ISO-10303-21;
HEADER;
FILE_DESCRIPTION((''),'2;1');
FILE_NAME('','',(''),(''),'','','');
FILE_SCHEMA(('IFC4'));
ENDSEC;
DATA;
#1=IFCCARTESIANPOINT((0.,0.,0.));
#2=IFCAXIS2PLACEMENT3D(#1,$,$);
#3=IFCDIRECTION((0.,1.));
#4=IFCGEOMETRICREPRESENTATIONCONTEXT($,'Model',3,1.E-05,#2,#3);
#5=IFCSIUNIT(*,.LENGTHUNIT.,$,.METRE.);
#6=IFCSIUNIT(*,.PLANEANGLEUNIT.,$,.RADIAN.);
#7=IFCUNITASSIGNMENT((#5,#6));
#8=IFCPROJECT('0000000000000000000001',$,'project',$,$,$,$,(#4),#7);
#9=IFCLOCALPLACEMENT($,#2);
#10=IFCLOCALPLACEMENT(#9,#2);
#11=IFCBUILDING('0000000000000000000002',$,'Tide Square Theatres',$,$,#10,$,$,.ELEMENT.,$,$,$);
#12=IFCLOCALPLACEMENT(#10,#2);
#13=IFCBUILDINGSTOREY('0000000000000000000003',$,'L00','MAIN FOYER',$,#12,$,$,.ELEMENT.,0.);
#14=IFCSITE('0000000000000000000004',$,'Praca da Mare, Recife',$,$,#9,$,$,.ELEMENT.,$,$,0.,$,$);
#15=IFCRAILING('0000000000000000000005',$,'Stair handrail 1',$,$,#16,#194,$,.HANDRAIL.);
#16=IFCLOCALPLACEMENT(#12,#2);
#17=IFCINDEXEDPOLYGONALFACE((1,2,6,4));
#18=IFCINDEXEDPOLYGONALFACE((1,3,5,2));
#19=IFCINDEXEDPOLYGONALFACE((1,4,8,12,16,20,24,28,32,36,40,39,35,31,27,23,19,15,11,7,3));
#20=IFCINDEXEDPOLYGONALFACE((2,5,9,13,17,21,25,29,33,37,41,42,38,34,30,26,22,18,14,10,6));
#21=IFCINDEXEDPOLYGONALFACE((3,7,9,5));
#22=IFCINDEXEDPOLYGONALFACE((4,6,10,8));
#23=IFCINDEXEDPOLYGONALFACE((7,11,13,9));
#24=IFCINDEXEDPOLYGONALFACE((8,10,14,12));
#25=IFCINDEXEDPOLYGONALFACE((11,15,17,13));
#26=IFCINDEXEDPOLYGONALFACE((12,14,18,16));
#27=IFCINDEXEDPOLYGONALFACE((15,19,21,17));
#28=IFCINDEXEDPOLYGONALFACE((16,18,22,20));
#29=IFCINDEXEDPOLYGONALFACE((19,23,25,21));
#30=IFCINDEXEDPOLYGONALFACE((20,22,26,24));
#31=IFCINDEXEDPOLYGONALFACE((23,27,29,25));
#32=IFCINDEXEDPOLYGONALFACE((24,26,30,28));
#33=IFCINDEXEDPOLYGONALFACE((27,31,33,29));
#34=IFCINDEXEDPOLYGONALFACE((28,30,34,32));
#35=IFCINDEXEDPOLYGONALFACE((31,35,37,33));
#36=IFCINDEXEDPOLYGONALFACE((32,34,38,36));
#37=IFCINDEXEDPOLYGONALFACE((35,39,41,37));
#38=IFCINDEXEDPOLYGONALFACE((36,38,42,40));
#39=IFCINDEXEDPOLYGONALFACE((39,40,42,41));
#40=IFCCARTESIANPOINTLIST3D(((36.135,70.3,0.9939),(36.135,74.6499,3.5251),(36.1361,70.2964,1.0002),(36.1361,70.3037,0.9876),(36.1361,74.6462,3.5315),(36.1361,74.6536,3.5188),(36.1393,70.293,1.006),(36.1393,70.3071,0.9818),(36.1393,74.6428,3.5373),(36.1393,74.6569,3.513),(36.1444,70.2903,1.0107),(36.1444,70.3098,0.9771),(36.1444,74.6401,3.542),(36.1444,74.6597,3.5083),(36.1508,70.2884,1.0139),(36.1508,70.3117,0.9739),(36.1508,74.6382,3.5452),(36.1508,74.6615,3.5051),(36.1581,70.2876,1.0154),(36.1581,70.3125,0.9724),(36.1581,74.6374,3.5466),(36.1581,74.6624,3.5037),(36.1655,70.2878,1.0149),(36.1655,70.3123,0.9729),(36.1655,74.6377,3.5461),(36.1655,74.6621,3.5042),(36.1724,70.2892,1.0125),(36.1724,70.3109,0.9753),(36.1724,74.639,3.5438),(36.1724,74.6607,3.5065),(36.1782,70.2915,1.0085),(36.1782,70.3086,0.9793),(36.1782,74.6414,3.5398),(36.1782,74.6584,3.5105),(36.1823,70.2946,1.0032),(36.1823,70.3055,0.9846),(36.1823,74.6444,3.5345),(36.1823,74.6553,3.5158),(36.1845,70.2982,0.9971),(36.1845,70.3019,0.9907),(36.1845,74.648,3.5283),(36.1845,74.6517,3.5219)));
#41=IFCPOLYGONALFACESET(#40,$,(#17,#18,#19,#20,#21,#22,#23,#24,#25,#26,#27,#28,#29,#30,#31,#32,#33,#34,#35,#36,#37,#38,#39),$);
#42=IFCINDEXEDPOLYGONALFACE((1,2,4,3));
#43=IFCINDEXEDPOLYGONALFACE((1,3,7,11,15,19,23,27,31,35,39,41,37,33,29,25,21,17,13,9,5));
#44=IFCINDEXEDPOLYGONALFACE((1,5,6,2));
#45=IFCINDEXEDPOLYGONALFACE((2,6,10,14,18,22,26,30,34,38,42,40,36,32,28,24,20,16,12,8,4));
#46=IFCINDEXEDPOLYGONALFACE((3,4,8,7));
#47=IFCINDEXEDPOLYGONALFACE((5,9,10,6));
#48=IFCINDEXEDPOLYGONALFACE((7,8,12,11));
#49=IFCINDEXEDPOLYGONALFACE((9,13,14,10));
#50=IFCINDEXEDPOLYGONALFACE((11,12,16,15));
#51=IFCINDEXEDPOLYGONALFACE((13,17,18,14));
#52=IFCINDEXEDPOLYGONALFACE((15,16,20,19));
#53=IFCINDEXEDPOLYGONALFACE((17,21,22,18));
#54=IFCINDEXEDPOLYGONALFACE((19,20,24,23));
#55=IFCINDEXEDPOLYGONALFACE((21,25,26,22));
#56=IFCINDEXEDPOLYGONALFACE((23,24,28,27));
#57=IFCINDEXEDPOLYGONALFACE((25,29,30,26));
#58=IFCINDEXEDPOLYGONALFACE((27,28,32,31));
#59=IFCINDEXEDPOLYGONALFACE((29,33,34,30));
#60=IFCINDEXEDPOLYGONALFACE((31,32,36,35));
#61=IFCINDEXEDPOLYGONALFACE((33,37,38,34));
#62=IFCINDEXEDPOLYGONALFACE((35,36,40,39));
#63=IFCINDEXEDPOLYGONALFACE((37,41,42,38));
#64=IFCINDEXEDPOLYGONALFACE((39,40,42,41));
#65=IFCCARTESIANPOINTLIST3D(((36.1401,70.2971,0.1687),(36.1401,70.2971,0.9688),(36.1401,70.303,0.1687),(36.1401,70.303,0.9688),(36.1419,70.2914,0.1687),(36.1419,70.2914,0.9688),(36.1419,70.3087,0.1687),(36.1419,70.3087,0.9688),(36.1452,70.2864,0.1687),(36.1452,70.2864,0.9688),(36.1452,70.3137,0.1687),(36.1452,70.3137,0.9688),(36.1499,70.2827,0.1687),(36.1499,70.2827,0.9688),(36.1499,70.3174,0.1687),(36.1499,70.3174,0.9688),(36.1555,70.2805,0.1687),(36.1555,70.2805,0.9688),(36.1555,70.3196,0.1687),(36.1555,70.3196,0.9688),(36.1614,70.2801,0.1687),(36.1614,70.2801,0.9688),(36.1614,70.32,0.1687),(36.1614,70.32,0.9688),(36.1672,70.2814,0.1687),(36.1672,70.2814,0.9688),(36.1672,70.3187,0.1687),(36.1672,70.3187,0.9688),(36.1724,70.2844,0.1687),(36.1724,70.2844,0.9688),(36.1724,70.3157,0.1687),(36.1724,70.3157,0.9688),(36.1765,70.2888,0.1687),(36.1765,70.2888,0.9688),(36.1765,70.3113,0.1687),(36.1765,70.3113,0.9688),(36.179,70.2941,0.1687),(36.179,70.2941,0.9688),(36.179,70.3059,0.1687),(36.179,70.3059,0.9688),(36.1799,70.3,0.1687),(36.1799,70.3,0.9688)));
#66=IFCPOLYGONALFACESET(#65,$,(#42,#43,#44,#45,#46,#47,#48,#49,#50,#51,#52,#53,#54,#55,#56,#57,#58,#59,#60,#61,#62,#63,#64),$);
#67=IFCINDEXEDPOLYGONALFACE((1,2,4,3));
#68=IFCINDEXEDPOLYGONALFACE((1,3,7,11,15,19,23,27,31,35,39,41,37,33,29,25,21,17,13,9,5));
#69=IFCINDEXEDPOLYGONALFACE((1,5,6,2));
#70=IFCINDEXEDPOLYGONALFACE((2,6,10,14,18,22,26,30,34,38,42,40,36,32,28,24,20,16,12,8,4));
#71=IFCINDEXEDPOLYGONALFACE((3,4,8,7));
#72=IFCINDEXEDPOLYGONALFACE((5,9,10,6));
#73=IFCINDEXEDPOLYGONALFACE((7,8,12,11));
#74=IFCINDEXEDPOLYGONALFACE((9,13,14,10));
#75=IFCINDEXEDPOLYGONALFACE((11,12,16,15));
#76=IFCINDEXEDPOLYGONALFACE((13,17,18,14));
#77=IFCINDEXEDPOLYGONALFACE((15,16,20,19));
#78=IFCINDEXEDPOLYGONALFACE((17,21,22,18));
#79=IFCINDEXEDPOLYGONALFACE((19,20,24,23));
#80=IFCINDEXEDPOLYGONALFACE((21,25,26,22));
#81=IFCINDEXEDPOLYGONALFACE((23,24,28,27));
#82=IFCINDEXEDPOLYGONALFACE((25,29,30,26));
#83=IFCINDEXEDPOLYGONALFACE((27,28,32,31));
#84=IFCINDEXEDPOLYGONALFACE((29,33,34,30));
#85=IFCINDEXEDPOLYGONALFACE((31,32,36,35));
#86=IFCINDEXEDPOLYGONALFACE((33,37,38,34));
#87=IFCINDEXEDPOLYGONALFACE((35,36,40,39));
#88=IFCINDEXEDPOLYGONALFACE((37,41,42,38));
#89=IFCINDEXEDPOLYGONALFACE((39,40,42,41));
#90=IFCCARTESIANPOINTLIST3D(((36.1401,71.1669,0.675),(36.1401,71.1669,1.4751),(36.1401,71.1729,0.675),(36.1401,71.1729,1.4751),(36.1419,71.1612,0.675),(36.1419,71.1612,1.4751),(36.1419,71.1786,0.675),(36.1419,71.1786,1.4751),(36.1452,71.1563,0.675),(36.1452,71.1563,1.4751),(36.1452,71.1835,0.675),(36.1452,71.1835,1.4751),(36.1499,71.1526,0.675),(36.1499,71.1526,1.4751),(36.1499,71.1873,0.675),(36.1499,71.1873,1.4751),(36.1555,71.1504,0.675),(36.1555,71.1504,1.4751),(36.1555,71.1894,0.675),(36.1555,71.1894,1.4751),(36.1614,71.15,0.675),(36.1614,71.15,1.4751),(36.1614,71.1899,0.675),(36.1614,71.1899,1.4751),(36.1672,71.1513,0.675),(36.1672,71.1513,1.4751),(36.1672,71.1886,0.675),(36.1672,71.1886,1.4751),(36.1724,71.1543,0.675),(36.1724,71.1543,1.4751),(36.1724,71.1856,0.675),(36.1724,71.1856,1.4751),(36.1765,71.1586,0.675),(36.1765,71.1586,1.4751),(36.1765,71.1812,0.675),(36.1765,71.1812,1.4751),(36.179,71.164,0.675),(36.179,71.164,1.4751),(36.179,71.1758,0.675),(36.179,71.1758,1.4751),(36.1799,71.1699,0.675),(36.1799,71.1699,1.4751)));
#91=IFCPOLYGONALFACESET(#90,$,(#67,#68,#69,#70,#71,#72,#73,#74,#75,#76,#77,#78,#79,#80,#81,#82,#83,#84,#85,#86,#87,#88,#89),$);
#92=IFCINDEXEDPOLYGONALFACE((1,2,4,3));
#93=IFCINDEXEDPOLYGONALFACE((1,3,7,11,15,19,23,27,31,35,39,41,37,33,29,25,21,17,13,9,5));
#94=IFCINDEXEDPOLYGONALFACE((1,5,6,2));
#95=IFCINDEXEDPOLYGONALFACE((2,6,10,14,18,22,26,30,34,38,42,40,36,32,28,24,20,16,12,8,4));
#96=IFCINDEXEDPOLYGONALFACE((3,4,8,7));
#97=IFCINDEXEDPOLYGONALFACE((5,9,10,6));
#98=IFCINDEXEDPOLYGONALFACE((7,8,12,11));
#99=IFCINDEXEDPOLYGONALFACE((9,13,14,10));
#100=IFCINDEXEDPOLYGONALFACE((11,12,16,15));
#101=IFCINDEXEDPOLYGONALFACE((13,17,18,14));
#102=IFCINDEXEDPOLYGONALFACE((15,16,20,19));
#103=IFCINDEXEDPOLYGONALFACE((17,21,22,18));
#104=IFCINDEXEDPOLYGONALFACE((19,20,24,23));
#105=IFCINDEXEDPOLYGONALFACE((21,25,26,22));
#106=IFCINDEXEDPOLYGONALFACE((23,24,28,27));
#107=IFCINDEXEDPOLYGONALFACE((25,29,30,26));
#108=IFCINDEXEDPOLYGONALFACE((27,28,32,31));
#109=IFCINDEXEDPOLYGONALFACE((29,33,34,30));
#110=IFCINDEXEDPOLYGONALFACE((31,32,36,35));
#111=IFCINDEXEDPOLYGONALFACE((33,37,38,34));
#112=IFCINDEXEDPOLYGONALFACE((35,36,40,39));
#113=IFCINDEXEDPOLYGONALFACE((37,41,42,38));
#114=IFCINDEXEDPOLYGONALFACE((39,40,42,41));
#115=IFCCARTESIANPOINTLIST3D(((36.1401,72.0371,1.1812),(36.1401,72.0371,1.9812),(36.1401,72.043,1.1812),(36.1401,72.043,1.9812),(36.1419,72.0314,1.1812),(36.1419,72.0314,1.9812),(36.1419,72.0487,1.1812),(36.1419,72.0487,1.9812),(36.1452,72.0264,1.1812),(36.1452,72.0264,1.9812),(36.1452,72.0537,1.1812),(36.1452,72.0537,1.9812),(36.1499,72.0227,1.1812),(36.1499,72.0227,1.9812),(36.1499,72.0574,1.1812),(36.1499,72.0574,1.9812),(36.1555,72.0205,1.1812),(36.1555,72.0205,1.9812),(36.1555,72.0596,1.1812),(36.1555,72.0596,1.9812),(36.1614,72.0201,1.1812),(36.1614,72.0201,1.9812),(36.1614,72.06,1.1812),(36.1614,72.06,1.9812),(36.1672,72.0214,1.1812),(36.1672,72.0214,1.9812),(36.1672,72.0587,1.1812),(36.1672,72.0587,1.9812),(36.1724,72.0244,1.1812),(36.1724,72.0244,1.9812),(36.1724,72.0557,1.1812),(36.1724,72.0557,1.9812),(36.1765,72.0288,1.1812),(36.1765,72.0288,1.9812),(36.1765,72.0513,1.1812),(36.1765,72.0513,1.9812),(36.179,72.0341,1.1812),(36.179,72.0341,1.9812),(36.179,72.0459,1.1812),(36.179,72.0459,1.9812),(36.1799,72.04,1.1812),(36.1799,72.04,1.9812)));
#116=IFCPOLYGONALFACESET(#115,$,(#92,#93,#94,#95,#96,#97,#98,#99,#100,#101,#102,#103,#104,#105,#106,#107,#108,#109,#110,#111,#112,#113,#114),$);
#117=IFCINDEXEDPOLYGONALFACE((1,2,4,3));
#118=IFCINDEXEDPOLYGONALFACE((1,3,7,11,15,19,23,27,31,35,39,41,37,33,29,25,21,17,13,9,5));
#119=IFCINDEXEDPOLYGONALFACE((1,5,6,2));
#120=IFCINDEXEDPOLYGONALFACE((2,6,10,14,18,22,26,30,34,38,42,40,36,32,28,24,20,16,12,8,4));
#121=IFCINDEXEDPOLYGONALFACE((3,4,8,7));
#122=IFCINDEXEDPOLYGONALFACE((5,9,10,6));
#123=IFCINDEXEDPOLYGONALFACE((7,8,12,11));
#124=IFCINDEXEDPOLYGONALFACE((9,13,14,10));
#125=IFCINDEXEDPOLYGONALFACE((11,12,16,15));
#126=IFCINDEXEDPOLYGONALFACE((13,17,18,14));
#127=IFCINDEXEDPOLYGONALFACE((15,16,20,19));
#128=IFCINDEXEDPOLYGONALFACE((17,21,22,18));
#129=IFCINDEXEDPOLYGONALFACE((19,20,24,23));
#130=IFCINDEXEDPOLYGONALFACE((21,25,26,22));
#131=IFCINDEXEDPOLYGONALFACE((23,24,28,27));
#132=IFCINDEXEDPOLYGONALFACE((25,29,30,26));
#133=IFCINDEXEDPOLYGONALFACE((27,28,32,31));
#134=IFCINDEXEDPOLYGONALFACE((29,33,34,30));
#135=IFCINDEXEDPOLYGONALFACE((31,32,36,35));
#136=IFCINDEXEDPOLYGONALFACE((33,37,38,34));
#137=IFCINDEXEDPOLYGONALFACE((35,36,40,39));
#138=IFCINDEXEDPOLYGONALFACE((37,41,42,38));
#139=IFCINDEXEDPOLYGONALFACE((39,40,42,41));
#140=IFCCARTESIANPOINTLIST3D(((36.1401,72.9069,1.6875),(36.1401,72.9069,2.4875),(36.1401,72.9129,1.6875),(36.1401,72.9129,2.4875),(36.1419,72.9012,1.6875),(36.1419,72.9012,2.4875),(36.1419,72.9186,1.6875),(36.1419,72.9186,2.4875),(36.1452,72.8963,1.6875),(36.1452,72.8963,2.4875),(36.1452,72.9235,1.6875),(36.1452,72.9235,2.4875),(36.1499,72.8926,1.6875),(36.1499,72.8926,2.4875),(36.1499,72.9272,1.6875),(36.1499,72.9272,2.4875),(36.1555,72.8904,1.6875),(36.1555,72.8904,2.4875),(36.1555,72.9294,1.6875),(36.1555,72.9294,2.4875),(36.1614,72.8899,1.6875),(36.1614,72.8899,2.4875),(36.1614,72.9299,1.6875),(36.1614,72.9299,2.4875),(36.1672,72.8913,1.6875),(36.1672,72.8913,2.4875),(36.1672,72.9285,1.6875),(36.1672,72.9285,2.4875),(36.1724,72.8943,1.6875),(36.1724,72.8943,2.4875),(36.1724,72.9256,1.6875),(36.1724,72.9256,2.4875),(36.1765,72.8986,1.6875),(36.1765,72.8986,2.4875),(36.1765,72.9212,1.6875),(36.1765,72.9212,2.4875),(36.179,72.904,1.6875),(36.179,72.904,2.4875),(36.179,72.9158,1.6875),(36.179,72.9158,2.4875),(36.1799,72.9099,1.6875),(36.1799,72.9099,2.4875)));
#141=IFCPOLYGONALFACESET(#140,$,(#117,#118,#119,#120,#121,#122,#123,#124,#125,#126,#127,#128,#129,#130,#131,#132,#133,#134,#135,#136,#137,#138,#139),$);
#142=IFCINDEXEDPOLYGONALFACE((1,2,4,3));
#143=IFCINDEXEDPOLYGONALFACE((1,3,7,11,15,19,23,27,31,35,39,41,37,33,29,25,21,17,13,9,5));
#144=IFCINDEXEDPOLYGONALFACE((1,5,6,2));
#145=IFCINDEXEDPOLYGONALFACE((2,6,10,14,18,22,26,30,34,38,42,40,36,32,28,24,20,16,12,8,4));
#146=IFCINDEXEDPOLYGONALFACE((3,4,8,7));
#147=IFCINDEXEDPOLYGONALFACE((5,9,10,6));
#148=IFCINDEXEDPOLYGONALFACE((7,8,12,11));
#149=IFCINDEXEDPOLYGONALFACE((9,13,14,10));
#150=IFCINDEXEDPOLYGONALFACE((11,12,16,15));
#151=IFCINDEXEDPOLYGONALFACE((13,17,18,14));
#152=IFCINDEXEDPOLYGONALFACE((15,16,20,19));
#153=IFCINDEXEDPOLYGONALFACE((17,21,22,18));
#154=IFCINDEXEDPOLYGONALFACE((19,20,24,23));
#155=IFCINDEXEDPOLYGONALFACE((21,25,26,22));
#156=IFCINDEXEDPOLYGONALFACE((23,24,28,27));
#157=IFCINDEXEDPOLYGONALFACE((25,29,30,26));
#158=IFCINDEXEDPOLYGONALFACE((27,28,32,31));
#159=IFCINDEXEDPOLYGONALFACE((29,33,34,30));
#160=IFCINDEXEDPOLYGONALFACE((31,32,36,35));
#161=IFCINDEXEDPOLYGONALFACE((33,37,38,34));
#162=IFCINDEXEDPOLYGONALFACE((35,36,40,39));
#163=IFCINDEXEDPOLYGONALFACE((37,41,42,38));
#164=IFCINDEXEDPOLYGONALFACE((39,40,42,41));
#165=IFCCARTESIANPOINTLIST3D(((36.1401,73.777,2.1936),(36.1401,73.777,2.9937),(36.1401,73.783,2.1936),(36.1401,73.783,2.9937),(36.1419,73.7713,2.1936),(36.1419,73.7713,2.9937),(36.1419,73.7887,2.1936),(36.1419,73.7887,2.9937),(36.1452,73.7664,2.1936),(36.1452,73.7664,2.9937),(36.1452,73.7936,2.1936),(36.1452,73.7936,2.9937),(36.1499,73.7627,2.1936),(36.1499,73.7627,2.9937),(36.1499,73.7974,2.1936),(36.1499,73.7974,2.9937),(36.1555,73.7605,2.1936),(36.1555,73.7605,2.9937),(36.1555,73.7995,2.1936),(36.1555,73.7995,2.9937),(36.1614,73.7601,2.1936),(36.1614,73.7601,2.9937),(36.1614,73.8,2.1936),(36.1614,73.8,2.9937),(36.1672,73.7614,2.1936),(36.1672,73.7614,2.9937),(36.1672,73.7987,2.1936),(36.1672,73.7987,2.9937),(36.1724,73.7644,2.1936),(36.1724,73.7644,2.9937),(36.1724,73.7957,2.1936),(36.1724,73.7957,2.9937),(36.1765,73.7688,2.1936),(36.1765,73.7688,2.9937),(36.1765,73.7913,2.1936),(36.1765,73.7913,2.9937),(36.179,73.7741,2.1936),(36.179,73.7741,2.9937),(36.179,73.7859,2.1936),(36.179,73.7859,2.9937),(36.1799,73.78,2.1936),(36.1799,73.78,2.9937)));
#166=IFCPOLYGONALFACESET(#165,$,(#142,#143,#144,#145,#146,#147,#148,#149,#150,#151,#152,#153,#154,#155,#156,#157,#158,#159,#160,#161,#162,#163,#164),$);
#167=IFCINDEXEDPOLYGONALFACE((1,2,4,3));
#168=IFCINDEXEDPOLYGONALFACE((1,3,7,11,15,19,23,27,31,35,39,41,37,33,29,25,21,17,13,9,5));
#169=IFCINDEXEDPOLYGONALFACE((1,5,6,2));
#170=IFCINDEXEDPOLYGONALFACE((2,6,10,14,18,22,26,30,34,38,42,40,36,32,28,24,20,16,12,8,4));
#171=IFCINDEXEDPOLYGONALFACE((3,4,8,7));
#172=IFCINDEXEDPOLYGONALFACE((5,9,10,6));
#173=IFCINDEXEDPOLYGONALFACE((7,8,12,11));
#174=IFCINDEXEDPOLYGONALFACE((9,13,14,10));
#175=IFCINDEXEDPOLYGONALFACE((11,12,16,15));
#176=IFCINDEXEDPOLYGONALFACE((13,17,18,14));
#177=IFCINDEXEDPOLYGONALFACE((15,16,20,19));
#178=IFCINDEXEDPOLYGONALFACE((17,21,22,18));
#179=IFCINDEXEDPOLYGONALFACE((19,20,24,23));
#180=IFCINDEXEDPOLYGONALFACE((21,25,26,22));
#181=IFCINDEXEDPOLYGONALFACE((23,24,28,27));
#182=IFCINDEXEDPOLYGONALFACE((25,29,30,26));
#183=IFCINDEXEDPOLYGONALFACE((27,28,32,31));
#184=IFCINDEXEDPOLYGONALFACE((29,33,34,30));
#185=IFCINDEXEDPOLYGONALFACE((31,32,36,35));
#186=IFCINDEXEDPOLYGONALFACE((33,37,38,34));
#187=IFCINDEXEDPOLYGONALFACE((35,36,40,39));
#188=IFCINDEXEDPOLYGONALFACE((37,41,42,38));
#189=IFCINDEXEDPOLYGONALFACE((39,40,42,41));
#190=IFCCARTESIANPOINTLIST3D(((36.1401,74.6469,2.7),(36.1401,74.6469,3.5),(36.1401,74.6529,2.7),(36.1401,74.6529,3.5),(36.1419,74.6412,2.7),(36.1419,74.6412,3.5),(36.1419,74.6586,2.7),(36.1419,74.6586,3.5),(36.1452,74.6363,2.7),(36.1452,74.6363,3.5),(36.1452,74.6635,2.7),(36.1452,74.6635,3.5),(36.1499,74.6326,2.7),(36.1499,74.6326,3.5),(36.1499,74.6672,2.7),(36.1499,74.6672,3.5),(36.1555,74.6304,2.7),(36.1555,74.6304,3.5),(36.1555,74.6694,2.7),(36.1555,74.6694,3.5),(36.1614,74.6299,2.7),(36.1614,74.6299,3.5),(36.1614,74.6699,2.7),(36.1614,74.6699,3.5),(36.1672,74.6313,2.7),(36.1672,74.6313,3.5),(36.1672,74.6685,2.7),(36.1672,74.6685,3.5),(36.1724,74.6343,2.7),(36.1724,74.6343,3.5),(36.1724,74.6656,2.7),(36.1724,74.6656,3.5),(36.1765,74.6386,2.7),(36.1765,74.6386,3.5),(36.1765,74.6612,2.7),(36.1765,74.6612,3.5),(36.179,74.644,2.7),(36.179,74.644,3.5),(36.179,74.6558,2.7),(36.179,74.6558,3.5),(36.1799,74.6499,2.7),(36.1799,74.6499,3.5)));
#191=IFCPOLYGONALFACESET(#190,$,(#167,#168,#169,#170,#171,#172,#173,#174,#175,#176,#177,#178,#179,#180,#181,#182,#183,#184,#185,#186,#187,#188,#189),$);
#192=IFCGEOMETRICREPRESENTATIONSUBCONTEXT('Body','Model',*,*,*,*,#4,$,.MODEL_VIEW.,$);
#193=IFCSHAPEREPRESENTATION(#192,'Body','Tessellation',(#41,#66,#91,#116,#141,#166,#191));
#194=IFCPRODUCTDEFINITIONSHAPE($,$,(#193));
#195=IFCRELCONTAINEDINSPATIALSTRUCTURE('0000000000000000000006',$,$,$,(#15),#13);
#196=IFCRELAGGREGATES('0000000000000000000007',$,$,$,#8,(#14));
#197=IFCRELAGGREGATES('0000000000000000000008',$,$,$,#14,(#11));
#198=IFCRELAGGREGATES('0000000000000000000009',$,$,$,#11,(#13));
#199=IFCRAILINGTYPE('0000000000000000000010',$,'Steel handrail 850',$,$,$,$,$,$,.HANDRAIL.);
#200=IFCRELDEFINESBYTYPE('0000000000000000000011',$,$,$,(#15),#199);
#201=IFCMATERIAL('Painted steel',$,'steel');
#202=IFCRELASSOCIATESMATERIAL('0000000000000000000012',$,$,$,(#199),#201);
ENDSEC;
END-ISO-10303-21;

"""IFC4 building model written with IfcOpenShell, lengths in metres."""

from ifc_helpers import new_model, si_unit, direction, frame, origin, origin_2d, place, context, subcontext, project, spatial, circle, extrude, material, type_object, element, save


model = new_model("IFC4")

# Units and contexts
model_context = context("Model", 3, precision=1e-05, world=origin(), true_north=direction((0.0, 1.0)))
body_context = subcontext(model_context, "Body", "Model", "MODEL_VIEW")
ifc_project = project(units=[si_unit("LENGTHUNIT", "METRE"), si_unit("PLANEANGLEUNIT", "RADIAN")], contexts=[model_context])

# Site, building, storey
site_placement = place(None, origin())
site = spatial("IfcSite", under=ifc_project, at=site_placement, Name="Praca da Mare, Recife", CompositionType="ELEMENT", RefElevation=0.0)
building_placement = place(site_placement, origin())
building = spatial("IfcBuilding", under=site, at=building_placement, Name="Tide Square Theatres", CompositionType="ELEMENT")
storey_placement = place(building_placement, origin())
storey = spatial("IfcBuildingStorey", under=building, at=storey_placement, Name="L00", Description="MAIN FOYER", CompositionType="ELEMENT", Elevation=0.0)

# Railing
ifc_material_1 = material(Name="Painted steel", Category="steel")
railing_type = type_object("IfcRailingType", Name="Steel handrail 850", PredefinedType="HANDRAIL", material=ifc_material_1)
railing_placement = place(storey_placement, frame((36.1599, 70.3, 0.1687)))
element("IfcRailing", 1, at=railing_placement, inside=storey, type_object=railing_type, Name="Stair handrail 1", PredefinedType="HANDRAIL", context=body_context, shape_type="SweptSolid", body=[
    extrude(circle(Radius=0.0249, at=origin_2d()), frame((0.0, 0.0, 0.8252), z_axis=(0.0, 0.864312, 0.502957), x_axis=(-1.0, 0.0, 0.0)), (0.0, 0.0, 1.0), 5.0327),
    extrude(circle(Radius=0.02, at=origin_2d()), origin(), (0.0, 0.0, 1.0), 0.8),
    extrude(circle(Radius=0.02, at=origin_2d()), frame((0.0, 0.8699, 0.5063)), (0.0, 0.0, 1.0), 0.8),
    extrude(circle(Radius=0.02, at=origin_2d()), frame((0.0, 1.74, 1.0125)), (0.0, 0.0, 1.0), 0.8),
    extrude(circle(Radius=0.02, at=origin_2d()), frame((0.0, 2.6099, 1.5188)), (0.0, 0.0, 1.0), 0.8),
    extrude(circle(Radius=0.02, at=origin_2d()), frame((0.0, 3.48, 2.0249)), (0.0, 0.0, 1.0), 0.8),
    extrude(circle(Radius=0.02, at=origin_2d()), frame((0.0, 4.3499, 2.5312)), (0.0, 0.0, 1.0), 0.8),
])

save(model, "model.ifc")
